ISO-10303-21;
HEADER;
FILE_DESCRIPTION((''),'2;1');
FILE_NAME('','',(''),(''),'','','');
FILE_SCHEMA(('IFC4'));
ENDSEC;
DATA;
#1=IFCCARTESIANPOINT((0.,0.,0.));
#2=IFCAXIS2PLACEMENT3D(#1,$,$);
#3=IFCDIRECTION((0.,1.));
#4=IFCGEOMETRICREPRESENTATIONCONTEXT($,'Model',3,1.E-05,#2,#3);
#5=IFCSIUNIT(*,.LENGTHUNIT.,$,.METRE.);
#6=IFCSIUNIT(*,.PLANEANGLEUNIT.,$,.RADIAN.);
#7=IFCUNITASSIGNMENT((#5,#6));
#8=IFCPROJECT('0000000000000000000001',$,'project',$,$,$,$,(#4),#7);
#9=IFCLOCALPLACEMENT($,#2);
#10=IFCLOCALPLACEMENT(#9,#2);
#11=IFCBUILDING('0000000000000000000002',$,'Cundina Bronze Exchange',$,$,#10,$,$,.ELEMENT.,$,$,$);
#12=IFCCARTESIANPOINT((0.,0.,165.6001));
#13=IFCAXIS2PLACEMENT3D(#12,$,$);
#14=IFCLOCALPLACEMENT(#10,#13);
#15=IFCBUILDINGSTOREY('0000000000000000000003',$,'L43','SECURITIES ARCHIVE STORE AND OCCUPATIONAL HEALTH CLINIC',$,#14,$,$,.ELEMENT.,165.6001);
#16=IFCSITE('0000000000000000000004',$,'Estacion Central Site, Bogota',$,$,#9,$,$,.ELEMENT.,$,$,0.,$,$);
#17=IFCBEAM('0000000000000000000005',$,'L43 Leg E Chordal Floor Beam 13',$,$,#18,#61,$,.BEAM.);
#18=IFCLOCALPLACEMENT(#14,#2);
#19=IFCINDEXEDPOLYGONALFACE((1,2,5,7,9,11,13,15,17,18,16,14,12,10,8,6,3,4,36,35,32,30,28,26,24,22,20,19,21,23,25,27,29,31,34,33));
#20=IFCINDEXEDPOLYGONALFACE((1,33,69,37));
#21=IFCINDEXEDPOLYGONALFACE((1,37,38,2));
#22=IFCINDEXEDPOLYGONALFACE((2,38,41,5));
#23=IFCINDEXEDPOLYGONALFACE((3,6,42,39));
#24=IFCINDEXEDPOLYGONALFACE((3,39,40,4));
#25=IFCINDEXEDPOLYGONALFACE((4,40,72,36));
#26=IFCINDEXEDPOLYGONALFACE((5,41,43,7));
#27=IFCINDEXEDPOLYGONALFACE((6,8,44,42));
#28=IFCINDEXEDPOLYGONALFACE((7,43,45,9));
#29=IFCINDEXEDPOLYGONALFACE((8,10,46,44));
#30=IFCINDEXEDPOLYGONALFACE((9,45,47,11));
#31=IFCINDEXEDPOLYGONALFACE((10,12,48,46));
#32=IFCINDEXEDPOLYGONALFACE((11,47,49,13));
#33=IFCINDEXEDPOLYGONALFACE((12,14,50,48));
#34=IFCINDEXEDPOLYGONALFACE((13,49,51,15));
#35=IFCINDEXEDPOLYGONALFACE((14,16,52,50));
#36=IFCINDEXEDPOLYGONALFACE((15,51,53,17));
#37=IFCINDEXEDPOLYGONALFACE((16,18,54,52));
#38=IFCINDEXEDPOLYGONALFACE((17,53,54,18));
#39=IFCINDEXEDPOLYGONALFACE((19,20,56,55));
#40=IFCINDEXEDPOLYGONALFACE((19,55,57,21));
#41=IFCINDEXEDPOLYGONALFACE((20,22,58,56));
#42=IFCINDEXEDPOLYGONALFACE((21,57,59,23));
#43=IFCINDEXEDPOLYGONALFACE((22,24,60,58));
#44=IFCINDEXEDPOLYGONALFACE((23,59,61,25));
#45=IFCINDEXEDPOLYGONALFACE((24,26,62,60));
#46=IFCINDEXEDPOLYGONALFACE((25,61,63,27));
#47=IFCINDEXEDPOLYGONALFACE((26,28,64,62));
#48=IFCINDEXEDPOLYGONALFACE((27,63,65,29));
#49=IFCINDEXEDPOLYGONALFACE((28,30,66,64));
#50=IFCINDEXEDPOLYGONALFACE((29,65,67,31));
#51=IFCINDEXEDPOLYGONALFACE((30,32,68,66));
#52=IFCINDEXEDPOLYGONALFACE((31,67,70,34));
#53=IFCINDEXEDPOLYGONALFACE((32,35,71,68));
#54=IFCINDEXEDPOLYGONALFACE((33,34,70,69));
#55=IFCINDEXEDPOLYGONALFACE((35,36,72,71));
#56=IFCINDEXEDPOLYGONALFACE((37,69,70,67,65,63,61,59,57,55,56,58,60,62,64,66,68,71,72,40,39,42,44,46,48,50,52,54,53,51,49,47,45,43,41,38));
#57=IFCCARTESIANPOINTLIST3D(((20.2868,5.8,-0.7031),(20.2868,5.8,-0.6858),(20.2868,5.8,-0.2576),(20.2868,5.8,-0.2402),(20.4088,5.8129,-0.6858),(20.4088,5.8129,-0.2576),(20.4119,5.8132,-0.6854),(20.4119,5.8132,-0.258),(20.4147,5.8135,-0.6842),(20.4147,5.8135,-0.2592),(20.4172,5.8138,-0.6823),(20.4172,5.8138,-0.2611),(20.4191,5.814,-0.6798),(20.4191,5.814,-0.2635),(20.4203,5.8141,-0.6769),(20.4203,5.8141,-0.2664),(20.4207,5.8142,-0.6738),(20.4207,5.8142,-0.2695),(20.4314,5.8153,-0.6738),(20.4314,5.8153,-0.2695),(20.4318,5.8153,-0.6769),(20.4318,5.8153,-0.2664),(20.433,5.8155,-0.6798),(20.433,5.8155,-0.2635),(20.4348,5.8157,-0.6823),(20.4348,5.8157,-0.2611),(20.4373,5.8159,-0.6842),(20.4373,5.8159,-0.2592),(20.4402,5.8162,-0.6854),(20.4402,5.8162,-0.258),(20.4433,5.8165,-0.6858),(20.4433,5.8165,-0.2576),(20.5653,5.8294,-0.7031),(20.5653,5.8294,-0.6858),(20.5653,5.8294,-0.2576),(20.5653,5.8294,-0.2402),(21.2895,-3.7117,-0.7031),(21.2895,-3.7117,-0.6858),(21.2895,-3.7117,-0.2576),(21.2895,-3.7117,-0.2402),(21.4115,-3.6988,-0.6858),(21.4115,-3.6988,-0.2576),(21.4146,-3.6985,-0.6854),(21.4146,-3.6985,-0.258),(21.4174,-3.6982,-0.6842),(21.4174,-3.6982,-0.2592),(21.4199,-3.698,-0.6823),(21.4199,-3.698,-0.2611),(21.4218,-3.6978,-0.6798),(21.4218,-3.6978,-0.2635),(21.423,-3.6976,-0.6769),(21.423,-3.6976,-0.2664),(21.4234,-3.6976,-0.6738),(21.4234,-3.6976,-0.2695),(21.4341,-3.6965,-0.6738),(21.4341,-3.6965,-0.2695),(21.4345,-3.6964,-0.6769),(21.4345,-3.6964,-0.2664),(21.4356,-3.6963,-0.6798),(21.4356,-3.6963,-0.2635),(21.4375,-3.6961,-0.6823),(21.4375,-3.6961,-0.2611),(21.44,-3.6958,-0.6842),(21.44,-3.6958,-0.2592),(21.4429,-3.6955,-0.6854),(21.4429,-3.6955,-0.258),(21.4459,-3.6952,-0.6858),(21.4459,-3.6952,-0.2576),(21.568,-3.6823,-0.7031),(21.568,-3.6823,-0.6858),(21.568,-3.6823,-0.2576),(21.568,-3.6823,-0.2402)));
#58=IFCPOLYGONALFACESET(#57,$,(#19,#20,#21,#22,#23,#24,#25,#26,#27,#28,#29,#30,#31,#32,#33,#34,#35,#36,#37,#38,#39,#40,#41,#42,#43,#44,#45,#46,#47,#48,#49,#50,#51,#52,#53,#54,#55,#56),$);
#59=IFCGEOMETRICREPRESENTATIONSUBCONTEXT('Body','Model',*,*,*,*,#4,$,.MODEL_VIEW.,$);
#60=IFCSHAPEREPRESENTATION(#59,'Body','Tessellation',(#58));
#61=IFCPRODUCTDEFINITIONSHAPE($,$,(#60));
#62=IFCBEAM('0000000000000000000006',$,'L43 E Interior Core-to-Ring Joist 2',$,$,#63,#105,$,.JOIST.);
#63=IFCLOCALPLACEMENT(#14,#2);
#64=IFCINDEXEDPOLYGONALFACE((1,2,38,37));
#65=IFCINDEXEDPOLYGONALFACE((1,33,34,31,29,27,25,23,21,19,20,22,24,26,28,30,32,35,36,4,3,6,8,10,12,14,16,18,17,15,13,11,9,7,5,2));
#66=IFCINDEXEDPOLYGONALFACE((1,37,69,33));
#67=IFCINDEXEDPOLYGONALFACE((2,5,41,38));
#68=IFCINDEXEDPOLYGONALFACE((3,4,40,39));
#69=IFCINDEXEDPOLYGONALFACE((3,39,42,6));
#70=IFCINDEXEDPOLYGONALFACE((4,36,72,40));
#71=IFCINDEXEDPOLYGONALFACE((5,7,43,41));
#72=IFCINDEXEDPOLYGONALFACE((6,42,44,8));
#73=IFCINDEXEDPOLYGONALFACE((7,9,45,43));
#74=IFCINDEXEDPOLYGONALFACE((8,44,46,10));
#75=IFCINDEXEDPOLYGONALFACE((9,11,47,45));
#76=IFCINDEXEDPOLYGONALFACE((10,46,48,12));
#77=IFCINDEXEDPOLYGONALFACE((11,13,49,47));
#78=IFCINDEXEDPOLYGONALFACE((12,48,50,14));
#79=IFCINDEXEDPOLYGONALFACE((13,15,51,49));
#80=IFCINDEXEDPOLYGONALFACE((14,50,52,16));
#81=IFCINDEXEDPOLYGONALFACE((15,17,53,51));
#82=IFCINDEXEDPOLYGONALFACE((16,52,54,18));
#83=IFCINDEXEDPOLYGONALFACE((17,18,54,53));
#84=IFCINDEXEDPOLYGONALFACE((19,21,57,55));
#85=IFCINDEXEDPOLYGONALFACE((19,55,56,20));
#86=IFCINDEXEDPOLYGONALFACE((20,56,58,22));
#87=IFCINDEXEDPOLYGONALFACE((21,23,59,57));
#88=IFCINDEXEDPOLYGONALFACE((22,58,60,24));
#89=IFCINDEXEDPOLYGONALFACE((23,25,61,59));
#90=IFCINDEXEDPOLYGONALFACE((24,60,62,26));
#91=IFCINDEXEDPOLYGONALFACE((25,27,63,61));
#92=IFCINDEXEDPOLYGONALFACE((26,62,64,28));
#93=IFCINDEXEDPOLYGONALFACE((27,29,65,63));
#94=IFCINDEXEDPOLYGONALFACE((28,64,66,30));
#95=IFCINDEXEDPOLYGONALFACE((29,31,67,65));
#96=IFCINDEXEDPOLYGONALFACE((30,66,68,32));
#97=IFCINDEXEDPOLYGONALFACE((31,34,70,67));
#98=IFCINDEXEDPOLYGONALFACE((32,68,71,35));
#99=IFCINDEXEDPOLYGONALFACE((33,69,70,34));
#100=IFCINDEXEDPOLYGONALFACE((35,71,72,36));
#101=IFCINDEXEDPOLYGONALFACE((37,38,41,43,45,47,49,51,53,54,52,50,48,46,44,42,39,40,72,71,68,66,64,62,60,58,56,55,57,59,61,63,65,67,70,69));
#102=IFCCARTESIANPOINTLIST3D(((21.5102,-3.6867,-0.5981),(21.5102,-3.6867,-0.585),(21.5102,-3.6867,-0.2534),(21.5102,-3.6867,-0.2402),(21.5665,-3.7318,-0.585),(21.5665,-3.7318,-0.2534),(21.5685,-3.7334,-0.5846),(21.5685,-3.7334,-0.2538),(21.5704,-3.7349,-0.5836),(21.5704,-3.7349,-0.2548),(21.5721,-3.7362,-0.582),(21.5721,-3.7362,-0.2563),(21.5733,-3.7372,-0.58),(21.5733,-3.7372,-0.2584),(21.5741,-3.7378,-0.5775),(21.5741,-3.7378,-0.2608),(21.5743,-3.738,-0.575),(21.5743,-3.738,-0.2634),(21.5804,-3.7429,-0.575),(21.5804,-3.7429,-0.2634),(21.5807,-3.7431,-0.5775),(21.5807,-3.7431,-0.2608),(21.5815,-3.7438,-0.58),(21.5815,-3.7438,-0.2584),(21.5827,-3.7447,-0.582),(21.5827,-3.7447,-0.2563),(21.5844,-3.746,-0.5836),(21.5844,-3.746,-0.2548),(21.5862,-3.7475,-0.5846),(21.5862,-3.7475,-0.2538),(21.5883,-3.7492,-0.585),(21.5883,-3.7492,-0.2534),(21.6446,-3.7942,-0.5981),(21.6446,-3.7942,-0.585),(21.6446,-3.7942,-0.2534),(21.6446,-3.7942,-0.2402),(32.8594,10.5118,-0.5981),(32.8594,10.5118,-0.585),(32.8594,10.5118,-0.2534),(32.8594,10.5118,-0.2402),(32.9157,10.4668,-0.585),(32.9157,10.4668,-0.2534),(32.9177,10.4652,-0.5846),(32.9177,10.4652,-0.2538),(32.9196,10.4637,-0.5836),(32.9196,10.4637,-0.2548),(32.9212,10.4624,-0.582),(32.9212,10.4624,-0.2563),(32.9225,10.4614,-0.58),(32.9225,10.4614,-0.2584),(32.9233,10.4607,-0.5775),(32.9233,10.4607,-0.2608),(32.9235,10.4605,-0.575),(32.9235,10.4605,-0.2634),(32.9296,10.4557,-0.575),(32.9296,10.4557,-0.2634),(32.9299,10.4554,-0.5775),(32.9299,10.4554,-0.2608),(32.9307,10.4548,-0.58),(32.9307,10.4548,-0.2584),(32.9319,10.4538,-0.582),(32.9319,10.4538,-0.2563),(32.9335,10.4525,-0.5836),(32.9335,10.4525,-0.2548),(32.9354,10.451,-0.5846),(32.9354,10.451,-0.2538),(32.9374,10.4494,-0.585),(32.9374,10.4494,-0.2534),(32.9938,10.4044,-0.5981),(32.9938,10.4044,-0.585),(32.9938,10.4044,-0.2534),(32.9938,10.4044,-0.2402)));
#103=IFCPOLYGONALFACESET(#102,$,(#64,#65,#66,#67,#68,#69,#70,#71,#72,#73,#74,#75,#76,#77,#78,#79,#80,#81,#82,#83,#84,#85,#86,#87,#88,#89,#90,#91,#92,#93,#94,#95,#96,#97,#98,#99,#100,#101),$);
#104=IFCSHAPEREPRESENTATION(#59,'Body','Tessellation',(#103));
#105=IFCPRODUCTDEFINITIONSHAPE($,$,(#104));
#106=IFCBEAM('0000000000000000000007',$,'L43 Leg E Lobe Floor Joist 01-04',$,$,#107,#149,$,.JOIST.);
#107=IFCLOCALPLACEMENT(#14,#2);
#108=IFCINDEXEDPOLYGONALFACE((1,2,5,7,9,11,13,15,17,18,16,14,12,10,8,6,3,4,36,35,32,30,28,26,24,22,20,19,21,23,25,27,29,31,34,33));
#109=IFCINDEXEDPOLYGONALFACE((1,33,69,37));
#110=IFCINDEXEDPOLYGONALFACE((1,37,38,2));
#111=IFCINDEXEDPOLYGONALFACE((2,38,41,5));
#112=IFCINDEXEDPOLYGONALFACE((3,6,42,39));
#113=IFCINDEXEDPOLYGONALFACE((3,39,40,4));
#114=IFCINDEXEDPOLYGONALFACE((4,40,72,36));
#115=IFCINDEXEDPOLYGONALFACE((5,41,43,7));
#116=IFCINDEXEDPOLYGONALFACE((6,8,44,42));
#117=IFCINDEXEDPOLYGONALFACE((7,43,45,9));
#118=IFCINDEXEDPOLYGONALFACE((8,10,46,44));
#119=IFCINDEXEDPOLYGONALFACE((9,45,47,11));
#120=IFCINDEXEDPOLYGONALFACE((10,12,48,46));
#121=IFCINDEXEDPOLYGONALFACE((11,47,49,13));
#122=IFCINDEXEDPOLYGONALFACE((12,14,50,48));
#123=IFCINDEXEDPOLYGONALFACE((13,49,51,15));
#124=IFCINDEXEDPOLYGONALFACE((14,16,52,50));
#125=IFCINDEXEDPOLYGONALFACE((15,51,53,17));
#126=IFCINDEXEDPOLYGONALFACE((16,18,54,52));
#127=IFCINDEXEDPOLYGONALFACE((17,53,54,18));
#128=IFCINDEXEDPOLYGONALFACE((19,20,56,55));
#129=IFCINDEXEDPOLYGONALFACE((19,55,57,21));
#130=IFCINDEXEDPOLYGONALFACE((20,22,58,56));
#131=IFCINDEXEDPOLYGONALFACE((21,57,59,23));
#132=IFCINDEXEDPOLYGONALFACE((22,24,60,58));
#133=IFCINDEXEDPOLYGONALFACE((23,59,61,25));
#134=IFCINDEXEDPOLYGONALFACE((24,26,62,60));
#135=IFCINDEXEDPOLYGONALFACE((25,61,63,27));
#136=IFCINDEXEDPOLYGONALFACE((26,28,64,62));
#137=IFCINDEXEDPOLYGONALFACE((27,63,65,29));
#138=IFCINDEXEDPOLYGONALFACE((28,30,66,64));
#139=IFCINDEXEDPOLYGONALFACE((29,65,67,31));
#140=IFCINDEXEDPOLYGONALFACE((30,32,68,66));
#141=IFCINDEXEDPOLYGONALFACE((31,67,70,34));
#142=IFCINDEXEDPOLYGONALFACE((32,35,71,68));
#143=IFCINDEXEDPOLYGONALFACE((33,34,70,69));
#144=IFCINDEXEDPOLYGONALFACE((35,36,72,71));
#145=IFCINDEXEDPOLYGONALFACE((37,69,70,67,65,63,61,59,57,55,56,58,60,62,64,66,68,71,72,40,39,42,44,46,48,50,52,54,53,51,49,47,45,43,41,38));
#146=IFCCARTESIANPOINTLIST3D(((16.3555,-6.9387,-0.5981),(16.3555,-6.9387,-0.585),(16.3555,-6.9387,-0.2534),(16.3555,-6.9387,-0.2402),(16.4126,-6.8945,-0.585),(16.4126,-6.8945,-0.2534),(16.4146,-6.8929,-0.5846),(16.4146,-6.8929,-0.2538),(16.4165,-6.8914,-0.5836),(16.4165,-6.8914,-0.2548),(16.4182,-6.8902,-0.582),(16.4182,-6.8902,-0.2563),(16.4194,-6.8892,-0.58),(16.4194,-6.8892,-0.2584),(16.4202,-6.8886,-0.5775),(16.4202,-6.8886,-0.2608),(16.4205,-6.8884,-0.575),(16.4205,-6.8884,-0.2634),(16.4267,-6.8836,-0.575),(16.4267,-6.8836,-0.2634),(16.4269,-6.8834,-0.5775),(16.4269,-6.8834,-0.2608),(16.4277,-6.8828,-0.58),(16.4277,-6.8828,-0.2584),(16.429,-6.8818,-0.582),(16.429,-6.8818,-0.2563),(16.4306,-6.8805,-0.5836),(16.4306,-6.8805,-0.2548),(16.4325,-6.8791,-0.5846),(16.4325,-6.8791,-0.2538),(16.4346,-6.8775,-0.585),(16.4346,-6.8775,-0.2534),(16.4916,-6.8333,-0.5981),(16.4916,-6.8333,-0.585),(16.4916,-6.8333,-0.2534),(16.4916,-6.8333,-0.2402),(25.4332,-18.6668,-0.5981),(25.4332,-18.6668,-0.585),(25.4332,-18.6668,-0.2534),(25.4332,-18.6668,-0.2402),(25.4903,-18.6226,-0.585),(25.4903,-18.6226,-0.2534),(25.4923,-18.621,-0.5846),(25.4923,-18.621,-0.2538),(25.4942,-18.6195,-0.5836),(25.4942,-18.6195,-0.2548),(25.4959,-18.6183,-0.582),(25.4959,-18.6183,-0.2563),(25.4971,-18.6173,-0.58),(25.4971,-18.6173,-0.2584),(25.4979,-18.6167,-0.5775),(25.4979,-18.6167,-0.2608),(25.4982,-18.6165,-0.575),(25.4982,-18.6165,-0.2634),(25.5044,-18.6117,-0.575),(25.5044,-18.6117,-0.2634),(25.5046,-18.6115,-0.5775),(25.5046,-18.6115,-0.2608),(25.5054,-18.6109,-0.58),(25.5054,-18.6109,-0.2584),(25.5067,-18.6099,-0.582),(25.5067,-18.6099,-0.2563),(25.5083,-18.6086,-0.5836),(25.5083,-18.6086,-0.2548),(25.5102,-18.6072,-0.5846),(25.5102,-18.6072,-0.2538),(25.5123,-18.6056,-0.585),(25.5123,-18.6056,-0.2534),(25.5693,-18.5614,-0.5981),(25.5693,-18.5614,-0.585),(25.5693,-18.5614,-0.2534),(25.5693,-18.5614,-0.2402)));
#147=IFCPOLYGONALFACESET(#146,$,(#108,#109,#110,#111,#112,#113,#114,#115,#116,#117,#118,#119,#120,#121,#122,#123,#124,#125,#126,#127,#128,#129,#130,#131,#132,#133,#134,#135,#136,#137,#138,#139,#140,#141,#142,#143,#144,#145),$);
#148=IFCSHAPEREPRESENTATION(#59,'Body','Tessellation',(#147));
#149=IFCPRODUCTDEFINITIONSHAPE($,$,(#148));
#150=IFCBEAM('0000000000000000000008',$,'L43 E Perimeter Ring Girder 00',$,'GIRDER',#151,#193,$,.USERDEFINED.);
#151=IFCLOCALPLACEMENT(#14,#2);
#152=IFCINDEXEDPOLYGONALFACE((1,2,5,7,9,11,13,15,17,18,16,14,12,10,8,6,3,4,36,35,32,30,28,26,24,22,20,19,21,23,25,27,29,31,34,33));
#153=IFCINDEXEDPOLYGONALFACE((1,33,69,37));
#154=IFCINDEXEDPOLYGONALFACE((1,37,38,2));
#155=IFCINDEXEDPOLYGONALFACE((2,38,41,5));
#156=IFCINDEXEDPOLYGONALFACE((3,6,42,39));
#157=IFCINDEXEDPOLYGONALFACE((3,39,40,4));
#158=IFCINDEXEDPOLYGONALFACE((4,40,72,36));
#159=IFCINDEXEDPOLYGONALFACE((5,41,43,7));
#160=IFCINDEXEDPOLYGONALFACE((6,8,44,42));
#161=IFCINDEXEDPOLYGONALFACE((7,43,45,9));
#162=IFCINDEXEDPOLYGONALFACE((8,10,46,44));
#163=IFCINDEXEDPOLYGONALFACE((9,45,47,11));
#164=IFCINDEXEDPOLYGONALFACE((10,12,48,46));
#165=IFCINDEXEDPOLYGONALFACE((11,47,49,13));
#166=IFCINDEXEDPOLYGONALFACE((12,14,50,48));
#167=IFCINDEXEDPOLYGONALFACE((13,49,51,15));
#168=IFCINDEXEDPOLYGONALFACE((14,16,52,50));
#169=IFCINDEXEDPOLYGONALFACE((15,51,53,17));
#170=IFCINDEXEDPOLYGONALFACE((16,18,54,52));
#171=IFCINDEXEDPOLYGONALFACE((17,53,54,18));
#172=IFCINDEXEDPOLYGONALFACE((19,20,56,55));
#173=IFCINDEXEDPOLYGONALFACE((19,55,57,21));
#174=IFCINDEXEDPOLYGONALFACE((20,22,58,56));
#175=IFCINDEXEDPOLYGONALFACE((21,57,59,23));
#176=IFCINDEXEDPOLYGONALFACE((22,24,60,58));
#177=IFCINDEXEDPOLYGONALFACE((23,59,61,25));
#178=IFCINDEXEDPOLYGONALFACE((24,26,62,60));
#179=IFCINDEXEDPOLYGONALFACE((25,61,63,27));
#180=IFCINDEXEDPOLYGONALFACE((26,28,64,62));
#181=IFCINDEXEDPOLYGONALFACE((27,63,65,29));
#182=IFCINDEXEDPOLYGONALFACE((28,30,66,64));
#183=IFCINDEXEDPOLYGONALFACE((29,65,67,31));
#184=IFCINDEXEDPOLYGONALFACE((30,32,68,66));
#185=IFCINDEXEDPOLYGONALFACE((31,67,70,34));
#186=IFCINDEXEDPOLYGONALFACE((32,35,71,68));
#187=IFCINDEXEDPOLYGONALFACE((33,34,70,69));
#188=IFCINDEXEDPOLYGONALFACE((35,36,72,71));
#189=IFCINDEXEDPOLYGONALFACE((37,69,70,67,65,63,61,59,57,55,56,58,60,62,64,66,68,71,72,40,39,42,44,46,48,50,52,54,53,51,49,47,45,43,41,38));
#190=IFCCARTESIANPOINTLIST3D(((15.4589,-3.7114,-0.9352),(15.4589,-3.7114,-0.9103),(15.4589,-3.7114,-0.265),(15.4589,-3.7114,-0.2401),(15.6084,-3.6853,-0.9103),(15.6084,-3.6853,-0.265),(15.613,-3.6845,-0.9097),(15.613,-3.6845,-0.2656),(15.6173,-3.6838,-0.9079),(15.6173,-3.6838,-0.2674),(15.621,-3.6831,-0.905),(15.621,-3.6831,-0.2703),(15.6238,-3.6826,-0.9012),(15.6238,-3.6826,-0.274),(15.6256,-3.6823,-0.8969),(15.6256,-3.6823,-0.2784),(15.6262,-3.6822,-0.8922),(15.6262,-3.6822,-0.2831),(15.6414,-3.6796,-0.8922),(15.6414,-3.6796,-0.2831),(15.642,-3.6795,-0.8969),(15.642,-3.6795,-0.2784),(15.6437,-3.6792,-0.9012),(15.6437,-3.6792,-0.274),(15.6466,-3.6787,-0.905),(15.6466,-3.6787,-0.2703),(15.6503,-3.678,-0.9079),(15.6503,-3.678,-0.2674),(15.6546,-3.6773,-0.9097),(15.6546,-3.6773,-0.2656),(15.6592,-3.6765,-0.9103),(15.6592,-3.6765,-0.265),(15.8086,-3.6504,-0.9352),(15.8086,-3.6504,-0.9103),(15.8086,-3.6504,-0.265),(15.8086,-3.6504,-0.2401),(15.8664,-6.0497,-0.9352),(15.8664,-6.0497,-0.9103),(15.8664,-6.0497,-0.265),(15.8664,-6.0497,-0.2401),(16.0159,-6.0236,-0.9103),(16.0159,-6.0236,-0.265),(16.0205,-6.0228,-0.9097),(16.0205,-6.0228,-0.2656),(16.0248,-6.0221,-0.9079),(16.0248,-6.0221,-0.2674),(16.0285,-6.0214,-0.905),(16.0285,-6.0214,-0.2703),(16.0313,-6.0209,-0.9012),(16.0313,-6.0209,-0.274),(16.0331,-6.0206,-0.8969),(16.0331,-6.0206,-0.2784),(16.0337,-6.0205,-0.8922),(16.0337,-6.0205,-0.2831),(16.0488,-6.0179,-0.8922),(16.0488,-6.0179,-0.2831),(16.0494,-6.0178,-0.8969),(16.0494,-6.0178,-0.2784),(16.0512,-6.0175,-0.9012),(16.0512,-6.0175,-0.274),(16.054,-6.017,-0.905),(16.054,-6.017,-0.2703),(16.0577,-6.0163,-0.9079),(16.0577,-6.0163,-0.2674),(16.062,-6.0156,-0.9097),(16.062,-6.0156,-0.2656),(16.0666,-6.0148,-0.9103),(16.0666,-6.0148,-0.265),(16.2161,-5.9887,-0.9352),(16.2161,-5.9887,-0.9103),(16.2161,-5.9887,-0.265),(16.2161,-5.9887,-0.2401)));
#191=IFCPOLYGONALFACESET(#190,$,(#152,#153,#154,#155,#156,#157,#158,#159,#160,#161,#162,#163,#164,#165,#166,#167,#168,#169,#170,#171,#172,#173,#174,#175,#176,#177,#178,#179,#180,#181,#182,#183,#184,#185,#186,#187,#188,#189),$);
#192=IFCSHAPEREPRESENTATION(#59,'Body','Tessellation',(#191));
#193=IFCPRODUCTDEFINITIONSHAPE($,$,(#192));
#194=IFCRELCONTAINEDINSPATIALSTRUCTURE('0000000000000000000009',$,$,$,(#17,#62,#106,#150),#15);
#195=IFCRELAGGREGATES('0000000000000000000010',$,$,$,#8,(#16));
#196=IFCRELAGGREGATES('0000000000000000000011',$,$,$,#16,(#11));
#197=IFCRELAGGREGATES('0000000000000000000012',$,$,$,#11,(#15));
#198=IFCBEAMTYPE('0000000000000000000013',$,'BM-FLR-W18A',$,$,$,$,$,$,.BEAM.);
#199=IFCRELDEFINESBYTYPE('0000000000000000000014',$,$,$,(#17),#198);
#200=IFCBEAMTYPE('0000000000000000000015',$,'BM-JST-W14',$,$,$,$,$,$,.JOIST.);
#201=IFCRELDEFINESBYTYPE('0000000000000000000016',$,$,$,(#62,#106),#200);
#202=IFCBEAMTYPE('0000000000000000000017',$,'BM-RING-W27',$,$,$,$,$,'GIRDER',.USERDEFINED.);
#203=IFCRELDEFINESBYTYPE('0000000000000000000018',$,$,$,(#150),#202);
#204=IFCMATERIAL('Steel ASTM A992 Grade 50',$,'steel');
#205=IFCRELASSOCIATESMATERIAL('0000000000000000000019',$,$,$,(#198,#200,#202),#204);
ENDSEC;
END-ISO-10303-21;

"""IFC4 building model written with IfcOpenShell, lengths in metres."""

from ifc_helpers import new_model, si_unit, direction, frame, origin, origin_2d, place, context, subcontext, project, spatial, i_section, extrude, material, material_profile, profile_set, type_object, element, save


model = new_model("IFC4")

# Units and contexts
model_context = context("Model", 3, precision=1e-05, world=origin(), true_north=direction((0.0, 1.0)))
body_context = subcontext(model_context, "Body", "Model", "MODEL_VIEW")
ifc_project = project(units=[si_unit("LENGTHUNIT", "METRE"), si_unit("PLANEANGLEUNIT", "RADIAN")], contexts=[model_context])

# Site, building, storey
site_placement = place(None, origin())
site = spatial("IfcSite", under=ifc_project, at=site_placement, Name="Estacion Central Site, Bogota", CompositionType="ELEMENT", RefElevation=0.0)
building_placement = place(site_placement, origin())
building = spatial("IfcBuilding", under=site, at=building_placement, Name="Cundina Bronze Exchange", CompositionType="ELEMENT")
storey_placement = place(building_placement, frame((0.0, 0.0, 165.6001)))
storey = spatial("IfcBuildingStorey", under=building, at=storey_placement, Name="L43", Description="SECURITIES ARCHIVE STORE AND OCCUPATIONAL HEALTH CLINIC", CompositionType="ELEMENT", Elevation=165.6001)

# Shared definitions
ifc_material_1 = material(Name="Steel ASTM A992 Grade 50", Category="steel")

# Beams
ifc_material_profile_1 = material_profile(ifc_material_1, i_section(OverallWidth=0.28, OverallDepth=0.4629, WebThickness=0.0107, FlangeThickness=0.0173, FilletRadius=0.012, at=origin_2d()), Name="W18X76", Category="steel")
ifc_profile_set_1 = profile_set([ifc_material_profile_1], Name="Steel ASTM A992 Grade 50")
beam_type_1 = type_object("IfcBeamType", Name="BM-FLR-W18A", PredefinedType="BEAM", material=ifc_profile_set_1)
beam_1_placement = place(storey_placement, frame((21.4287, -3.697, -0.4717), z_axis=(-0.104835, 0.99449, 0.0), x_axis=(-0.99449, -0.104835, 0.0)))
element("IfcBeam", 1, at=beam_1_placement, inside=storey, type_object=beam_type_1, Name="L43 Leg E Chordal Floor Beam 13", PredefinedType="BEAM", context=body_context, shape_type="SweptSolid", body=[
    extrude(i_section(OverallWidth=0.28, OverallDepth=0.4629, WebThickness=0.0107, FlangeThickness=0.0173, FilletRadius=0.012, at=origin_2d()), origin(), (0.0, 0.0, 1.0), 9.5645),
])
ifc_material_profile_2 = material_profile(ifc_material_1, i_section(OverallWidth=0.1721, OverallDepth=0.3579, WebThickness=0.0078, FlangeThickness=0.0132, FilletRadius=0.01, at=origin_2d()), Name="W14X38", Category="steel")
ifc_profile_set_2 = profile_set([ifc_material_profile_2], Name="Steel ASTM A992 Grade 50")
beam_type_2 = type_object("IfcBeamType", Name="BM-JST-W14", PredefinedType="JOIST", material=ifc_profile_set_2)
beam_2_placement = place(storey_placement, frame((21.5774, -3.7405, -0.4192), z_axis=(0.624371, 0.781128, 0.0), x_axis=(-0.781128, 0.624371, 0.0)))
element("IfcBeam", 2, at=beam_2_placement, inside=storey, type_object=beam_type_2, Name="L43 E Interior Core-to-Ring Joist 2", PredefinedType="JOIST", context=body_context, shape_type="SweptSolid", body=[
    extrude(i_section(OverallWidth=0.1721, OverallDepth=0.3579, WebThickness=0.0078, FlangeThickness=0.0132, FilletRadius=0.01, at=origin_2d()), origin(), (0.0, 0.0, 1.0), 18.177),
])
beam_3_placement = place(storey_placement, frame((16.4236, -6.886, -0.4192), z_axis=(0.612084, -0.790793, 0.0), x_axis=(0.790793, 0.612084, 0.0)))
element("IfcBeam", 3, at=beam_3_placement, inside=storey, type_object=beam_type_2, Name="L43 Leg E Lobe Floor Joist 01-04", PredefinedType="JOIST", context=body_context, shape_type="SweptSolid", body=[
    extrude(i_section(OverallWidth=0.1721, OverallDepth=0.3579, WebThickness=0.0078, FlangeThickness=0.0132, FilletRadius=0.01, at=origin_2d()), origin(), (0.0, 0.0, 1.0), 14.8308),
])
ifc_material_profile_3 = material_profile(ifc_material_1, i_section(OverallWidth=0.355, OverallDepth=0.6951, WebThickness=0.0154, FlangeThickness=0.0249, FilletRadius=0.0181, at=origin_2d()), Name="W27X146", Category="steel")
ifc_profile_set_3 = profile_set([ifc_material_profile_3], Name="Steel ASTM A992 Grade 50")
beam_type_3 = type_object("IfcBeamType", Name="BM-RING-W27", ElementType="GIRDER", PredefinedType="USERDEFINED", material=ifc_profile_set_3)
beam_4_placement = place(storey_placement, frame((15.6338, -3.6809, -0.5876), z_axis=(0.171667, -0.985155, 0.0), x_axis=(0.985155, 0.171667, 0.0)))
element("IfcBeam", 4, at=beam_4_placement, inside=storey, type_object=beam_type_3, Name="L43 E Perimeter Ring Girder 00", ObjectType="GIRDER", PredefinedType="USERDEFINED", context=body_context, shape_type="SweptSolid", body=[
    extrude(i_section(OverallWidth=0.355, OverallDepth=0.6951, WebThickness=0.0154, FlangeThickness=0.0249, FilletRadius=0.0181, at=origin_2d()), origin(), (0.0, 0.0, 1.0), 2.3735),
])

save(model, "model.ifc")
